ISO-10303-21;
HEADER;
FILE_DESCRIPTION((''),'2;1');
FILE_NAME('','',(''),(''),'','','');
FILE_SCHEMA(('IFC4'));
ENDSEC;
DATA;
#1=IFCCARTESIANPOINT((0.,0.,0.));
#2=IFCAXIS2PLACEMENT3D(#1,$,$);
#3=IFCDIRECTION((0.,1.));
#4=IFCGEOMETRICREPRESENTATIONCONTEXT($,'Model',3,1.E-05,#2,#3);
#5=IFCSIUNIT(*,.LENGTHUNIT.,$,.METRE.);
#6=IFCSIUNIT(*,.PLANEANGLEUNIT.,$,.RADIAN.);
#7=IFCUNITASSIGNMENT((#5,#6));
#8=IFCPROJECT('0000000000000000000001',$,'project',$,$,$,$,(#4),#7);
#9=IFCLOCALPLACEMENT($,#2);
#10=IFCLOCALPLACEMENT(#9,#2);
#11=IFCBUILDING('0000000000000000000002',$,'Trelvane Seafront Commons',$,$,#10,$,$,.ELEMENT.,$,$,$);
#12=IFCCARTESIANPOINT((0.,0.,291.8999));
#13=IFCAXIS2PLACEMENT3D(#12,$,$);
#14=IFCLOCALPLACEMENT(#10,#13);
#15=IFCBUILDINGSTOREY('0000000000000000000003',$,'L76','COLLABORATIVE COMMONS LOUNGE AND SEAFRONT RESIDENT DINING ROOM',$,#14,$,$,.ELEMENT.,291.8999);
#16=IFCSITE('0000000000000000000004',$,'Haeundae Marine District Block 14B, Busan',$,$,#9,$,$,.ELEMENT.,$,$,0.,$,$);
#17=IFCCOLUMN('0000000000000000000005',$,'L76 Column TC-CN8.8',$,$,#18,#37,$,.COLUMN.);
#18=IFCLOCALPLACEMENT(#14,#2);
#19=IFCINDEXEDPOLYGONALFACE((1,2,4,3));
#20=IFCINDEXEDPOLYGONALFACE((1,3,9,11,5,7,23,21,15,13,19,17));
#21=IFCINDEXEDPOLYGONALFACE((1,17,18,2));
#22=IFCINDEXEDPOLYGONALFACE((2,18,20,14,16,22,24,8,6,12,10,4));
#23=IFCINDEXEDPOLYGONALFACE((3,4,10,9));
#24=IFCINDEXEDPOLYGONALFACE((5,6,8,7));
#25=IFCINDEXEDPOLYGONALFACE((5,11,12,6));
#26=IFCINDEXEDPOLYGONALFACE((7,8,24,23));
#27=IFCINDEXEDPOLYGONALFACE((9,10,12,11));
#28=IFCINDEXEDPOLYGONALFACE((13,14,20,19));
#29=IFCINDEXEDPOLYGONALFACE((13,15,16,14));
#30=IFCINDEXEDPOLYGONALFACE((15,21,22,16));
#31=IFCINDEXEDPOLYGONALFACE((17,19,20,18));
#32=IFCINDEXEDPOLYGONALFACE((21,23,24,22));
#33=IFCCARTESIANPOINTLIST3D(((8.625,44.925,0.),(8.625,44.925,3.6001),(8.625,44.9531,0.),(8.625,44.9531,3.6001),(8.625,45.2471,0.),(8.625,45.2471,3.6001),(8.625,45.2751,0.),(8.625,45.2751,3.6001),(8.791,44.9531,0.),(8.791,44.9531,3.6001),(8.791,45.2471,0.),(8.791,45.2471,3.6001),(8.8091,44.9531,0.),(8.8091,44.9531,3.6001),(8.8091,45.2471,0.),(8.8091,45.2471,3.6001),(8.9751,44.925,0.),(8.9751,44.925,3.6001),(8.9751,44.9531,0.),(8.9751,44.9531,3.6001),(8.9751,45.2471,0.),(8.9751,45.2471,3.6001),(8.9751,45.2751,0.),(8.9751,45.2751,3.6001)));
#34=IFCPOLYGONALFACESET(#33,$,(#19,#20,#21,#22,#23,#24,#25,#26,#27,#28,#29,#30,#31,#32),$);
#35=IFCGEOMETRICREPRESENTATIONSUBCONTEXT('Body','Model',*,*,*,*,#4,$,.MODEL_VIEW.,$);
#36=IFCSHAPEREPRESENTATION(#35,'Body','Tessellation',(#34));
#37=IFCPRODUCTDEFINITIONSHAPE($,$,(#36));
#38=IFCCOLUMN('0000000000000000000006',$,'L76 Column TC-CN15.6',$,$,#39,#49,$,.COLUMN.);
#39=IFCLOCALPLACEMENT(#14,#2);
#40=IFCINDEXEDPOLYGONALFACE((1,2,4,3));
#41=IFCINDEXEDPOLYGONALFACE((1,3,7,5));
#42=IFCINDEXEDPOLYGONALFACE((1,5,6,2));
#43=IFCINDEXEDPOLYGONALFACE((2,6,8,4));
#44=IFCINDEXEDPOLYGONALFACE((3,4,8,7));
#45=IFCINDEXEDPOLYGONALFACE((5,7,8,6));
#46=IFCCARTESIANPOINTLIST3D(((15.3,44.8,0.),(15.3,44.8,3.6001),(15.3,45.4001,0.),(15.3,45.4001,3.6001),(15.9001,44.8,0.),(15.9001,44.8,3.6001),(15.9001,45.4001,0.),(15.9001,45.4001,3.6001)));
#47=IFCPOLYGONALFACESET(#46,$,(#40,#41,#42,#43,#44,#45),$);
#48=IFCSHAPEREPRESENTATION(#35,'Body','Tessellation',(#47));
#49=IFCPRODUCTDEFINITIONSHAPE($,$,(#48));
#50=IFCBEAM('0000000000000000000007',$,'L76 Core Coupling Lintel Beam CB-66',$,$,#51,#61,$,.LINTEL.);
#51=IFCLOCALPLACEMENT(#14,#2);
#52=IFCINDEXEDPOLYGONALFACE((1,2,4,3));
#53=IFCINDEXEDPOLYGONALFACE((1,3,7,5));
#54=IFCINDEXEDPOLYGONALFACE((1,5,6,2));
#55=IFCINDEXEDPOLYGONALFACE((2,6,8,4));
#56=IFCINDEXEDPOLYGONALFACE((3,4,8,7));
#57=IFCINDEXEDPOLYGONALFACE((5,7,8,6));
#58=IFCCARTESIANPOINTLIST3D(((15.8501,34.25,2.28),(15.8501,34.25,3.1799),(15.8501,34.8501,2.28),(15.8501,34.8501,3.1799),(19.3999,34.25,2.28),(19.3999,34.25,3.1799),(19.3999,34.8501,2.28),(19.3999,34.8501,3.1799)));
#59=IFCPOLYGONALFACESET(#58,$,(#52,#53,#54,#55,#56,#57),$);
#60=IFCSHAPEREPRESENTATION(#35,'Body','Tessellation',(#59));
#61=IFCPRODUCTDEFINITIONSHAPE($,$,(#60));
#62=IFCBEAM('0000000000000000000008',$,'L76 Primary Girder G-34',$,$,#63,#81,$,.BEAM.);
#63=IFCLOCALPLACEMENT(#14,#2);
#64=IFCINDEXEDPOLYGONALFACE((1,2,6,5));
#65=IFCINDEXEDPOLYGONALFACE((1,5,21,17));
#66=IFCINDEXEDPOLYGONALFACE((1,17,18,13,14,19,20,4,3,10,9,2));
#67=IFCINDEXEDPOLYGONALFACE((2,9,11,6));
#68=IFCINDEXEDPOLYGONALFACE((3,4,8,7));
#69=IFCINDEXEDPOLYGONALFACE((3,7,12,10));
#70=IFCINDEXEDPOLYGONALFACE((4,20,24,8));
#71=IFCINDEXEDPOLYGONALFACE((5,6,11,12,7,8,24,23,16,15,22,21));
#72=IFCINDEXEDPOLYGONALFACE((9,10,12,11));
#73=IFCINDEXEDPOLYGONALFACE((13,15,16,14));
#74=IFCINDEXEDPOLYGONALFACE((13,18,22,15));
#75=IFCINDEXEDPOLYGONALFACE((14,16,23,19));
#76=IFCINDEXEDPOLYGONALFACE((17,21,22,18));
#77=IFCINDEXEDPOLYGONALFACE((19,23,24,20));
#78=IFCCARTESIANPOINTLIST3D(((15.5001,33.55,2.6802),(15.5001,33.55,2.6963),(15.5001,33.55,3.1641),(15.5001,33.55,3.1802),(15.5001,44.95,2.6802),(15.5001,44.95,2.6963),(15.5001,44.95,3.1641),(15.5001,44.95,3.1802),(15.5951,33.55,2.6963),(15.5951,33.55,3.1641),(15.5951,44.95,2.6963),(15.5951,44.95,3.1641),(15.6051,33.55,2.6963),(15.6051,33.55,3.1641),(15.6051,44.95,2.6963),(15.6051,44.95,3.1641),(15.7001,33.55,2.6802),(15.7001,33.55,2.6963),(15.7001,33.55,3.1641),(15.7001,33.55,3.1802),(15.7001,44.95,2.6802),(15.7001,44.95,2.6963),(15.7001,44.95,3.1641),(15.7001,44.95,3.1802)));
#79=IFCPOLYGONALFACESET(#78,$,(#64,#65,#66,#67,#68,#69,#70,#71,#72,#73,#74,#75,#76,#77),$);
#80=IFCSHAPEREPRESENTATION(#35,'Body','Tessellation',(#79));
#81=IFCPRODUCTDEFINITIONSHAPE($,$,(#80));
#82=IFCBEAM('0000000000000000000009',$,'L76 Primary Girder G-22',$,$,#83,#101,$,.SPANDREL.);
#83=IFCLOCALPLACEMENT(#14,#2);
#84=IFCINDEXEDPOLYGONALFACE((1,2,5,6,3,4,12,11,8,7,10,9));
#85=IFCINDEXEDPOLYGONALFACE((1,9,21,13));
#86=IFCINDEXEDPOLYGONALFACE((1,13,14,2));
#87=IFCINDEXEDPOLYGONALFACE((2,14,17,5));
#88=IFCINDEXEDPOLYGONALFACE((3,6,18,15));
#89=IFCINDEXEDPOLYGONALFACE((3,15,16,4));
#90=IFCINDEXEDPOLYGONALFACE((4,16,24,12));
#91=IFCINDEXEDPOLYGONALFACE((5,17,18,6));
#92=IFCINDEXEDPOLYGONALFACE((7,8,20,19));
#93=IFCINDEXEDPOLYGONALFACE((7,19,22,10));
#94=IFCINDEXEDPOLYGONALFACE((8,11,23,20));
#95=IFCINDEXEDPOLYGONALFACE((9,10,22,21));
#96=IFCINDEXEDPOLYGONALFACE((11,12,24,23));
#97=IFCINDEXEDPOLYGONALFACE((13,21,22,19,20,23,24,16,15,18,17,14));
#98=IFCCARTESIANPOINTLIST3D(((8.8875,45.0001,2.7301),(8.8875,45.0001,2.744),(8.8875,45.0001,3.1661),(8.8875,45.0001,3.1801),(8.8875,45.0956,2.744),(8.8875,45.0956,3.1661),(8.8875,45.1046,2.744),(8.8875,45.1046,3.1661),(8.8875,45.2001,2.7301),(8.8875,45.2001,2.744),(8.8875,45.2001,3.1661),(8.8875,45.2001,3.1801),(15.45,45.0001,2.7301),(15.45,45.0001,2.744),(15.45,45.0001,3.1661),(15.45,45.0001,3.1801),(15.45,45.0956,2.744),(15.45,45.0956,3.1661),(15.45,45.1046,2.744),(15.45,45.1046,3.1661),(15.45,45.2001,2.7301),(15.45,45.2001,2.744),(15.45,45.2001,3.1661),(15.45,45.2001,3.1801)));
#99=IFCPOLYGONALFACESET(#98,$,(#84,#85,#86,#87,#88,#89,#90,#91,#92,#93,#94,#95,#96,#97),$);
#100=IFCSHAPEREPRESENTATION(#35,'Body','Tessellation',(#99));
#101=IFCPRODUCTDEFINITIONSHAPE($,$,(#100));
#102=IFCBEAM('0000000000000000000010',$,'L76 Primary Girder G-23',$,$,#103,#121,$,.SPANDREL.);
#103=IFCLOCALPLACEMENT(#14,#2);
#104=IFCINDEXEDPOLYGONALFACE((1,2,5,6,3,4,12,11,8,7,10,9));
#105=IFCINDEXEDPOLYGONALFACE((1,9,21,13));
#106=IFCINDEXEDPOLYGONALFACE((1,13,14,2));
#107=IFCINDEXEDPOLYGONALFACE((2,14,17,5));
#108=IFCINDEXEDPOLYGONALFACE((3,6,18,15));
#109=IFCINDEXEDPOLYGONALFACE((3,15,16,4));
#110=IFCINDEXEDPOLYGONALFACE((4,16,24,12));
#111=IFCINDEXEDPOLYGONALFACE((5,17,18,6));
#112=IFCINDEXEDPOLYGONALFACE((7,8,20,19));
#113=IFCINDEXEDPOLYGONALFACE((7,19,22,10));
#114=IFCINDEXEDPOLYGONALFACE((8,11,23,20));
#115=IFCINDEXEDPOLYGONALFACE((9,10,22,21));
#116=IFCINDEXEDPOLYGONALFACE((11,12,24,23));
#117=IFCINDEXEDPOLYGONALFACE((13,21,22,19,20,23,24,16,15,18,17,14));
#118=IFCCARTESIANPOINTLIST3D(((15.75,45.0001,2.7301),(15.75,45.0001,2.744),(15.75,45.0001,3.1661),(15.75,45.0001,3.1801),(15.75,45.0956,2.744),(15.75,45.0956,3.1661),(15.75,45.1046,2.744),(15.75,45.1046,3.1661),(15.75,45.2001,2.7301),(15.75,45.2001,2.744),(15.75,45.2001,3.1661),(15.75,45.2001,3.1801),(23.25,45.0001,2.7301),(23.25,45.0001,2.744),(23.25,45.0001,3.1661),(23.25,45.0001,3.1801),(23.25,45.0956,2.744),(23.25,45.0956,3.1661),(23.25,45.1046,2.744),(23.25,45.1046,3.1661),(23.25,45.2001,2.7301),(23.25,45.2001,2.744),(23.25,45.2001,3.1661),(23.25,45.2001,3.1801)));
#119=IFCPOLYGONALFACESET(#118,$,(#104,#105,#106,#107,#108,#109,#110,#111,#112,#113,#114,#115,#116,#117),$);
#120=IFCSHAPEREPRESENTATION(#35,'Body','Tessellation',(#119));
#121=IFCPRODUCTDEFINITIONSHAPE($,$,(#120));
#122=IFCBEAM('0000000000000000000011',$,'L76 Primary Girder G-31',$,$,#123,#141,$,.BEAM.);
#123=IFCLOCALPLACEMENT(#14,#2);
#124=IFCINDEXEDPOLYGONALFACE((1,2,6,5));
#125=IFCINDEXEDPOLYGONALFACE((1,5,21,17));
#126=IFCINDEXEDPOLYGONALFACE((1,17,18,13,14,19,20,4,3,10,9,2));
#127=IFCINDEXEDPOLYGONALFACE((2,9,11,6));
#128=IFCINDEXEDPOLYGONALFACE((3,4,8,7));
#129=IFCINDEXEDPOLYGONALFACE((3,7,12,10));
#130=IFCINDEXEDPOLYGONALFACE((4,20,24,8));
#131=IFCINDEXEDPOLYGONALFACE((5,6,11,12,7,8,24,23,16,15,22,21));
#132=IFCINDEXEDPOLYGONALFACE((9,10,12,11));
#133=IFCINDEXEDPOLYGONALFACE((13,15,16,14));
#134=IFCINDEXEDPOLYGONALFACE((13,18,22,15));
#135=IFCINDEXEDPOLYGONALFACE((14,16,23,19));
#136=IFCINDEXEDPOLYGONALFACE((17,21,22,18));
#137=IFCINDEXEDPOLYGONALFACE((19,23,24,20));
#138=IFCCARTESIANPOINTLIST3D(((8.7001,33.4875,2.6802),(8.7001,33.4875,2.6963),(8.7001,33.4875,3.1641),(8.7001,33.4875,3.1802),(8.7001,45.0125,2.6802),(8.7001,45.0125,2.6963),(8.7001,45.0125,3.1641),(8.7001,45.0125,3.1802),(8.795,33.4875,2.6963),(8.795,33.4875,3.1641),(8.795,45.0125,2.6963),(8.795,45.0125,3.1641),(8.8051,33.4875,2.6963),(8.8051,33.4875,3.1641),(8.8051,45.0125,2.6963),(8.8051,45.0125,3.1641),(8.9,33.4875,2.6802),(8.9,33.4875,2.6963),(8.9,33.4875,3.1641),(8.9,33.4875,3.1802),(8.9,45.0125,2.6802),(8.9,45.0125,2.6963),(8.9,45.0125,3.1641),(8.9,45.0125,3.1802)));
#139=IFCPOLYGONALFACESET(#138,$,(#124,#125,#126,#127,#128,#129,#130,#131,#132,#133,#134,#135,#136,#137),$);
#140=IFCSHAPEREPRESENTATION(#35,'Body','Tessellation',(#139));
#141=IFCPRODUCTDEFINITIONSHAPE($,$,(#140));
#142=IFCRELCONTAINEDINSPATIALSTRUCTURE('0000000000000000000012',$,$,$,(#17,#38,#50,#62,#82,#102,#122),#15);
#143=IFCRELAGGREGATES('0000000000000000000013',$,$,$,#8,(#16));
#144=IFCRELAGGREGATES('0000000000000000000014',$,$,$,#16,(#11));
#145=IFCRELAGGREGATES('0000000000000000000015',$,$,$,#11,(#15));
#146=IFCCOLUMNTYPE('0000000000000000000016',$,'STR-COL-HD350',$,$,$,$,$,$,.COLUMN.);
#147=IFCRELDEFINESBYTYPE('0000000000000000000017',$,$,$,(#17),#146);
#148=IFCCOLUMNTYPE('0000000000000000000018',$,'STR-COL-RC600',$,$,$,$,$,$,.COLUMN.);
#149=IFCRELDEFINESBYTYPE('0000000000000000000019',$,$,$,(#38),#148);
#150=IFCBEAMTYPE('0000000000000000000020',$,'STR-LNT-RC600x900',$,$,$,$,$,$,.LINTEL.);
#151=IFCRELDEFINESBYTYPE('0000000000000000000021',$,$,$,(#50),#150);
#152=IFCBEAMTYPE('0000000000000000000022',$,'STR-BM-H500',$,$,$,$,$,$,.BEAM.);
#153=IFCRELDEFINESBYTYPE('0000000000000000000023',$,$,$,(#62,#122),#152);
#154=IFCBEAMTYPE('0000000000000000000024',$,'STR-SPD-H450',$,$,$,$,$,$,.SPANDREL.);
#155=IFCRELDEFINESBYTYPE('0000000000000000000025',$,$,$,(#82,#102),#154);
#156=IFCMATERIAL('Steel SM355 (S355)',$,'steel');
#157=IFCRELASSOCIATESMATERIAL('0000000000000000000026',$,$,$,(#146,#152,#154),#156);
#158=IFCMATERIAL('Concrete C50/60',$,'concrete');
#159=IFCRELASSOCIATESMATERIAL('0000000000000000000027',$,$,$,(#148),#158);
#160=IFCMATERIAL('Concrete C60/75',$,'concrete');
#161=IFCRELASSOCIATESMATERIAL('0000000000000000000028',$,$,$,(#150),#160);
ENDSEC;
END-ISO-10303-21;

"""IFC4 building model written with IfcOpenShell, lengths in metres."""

from ifc_helpers import new_model, si_unit, direction, frame, origin, origin_2d, place, context, subcontext, project, spatial, rectangle, i_section, extrude, source, transform, mapped, material, material_profile, profile_set, type_object, element, save


model = new_model("IFC4")

# Units and contexts
model_context = context("Model", 3, precision=1e-05, world=origin(), true_north=direction((0.0, 1.0)))
body_context = subcontext(model_context, "Body", "Model", "MODEL_VIEW")
ifc_project = project(units=[si_unit("LENGTHUNIT", "METRE"), si_unit("PLANEANGLEUNIT", "RADIAN")], contexts=[model_context])

# Site, building, storey
site_placement = place(None, origin())
site = spatial("IfcSite", under=ifc_project, at=site_placement, Name="Haeundae Marine District Block 14B, Busan", CompositionType="ELEMENT", RefElevation=0.0)
building_placement = place(site_placement, origin())
building = spatial("IfcBuilding", under=site, at=building_placement, Name="Trelvane Seafront Commons", CompositionType="ELEMENT")
storey_placement = place(building_placement, frame((0.0, 0.0, 291.8999)))
storey = spatial("IfcBuildingStorey", under=building, at=storey_placement, Name="L76", Description="COLLABORATIVE COMMONS LOUNGE AND SEAFRONT RESIDENT DINING ROOM", CompositionType="ELEMENT", Elevation=291.8999)

# Columns
ifc_material_1 = material(Name="Steel SM355 (S355)", Category="steel")
ifc_material_profile_1 = material_profile(ifc_material_1, i_section(OverallWidth=0.3501, OverallDepth=0.3501, WebThickness=0.0181, FlangeThickness=0.0281, at=origin_2d()), Name="HD-350x350x18x28")
ifc_profile_set_1 = profile_set([ifc_material_profile_1], Name="Steel SM355 (S355)")
column_type_1 = type_object("IfcColumnType", Name="STR-COL-HD350", PredefinedType="COLUMN", material=ifc_profile_set_1)
shared_shape_1 = source(origin(), body_context, "Body", "SweptSolid", [
    extrude(i_section(OverallWidth=0.3501, OverallDepth=0.3501, WebThickness=0.0181, FlangeThickness=0.0281, at=origin_2d()), origin(), (0.0, 0.0, 1.0), 3.6001),
])
column_1_placement = place(storey_placement, frame((8.8, 45.1001, 0.0), z_axis=(0.0, 0.0, 1.0), x_axis=(1.0, 0.0, 0.0)))
element("IfcColumn", 1, at=column_1_placement, inside=storey, type_object=column_type_1, Name="L76 Column TC-CN8.8", PredefinedType="COLUMN", context=body_context, shape_type="MappedRepresentation", body=[
    mapped(shared_shape_1, transform((0.0, 0.0, 0.0), x_axis=(1.0, 0.0, 0.0), y_axis=(0.0, 1.0, 0.0), z_axis=(0.0, 0.0, 1.0), scale=1.0)),
])
ifc_material_2 = material(Name="Concrete C50/60", Category="concrete")
ifc_material_profile_2 = material_profile(ifc_material_2, rectangle(XDim=0.6001, YDim=0.6001, at=origin_2d()), Name="RC-600x600")
ifc_profile_set_2 = profile_set([ifc_material_profile_2], Name="Concrete C50/60")
column_type_2 = type_object("IfcColumnType", Name="STR-COL-RC600", PredefinedType="COLUMN", material=ifc_profile_set_2)
shared_shape_2 = source(origin(), body_context, "Body", "SweptSolid", [
    extrude(rectangle(XDim=0.6001, YDim=0.6001, at=origin_2d()), origin(), (0.0, 0.0, 1.0), 3.6001),
])
column_2_placement = place(storey_placement, frame((15.6001, 45.1001, 0.0), z_axis=(0.0, 0.0, 1.0), x_axis=(1.0, 0.0, 0.0)))
element("IfcColumn", 2, at=column_2_placement, inside=storey, type_object=column_type_2, Name="L76 Column TC-CN15.6", PredefinedType="COLUMN", context=body_context, shape_type="MappedRepresentation", body=[
    mapped(shared_shape_2, transform((0.0, 0.0, 0.0), x_axis=(1.0, 0.0, 0.0), y_axis=(0.0, 1.0, 0.0), z_axis=(0.0, 0.0, 1.0), scale=1.0)),
])

# Beams
ifc_material_3 = material(Name="Concrete C60/75", Category="concrete")
ifc_material_profile_3 = material_profile(ifc_material_3, rectangle(XDim=0.6001, YDim=0.8999, at=origin_2d()), Name="RC-600x900")
ifc_profile_set_3 = profile_set([ifc_material_profile_3], Name="Concrete C60/75")
beam_type_1 = type_object("IfcBeamType", Name="STR-LNT-RC600x900", PredefinedType="LINTEL", material=ifc_profile_set_3)
shared_shape_3 = source(origin(), body_context, "Body", "SweptSolid", [
    extrude(rectangle(XDim=0.6001, YDim=0.8999, at=origin_2d()), origin(), (0.0, 0.0, 1.0), 3.5498),
])
beam_1_placement = place(storey_placement, frame((15.8501, 34.55, 2.73), z_axis=(1.0, 0.0, 0.0), x_axis=(0.0, 1.0, 0.0)))
element("IfcBeam", 3, at=beam_1_placement, inside=storey, type_object=beam_type_1, Name="L76 Core Coupling Lintel Beam CB-66", PredefinedType="LINTEL", context=body_context, shape_type="MappedRepresentation", body=[
    mapped(shared_shape_3, transform((0.0, 0.0, 0.0), x_axis=(1.0, 0.0, 0.0), y_axis=(0.0, 1.0, 0.0), z_axis=(0.0, 0.0, 1.0), scale=1.0)),
])
ifc_material_profile_4 = material_profile(ifc_material_1, i_section(OverallWidth=0.2, OverallDepth=0.5, WebThickness=0.01, FlangeThickness=0.0161, at=origin_2d()), Name="H-500x200x10x16")
ifc_profile_set_4 = profile_set([ifc_material_profile_4], Name="Steel SM355 (S355)")
beam_type_2 = type_object("IfcBeamType", Name="STR-BM-H500", PredefinedType="BEAM", material=ifc_profile_set_4)
shared_shape_4 = source(origin(), body_context, "Body", "SweptSolid", [
    extrude(i_section(OverallWidth=0.2, OverallDepth=0.5, WebThickness=0.01, FlangeThickness=0.0161, at=origin_2d()), origin(), (0.0, 0.0, 1.0), 11.3999),
])
beam_2_placement = place(storey_placement, frame((15.6001, 33.55, 2.9302), z_axis=(0.0, 1.0, 0.0), x_axis=(-1.0, 0.0, 0.0)))
element("IfcBeam", 4, at=beam_2_placement, inside=storey, type_object=beam_type_2, Name="L76 Primary Girder G-34", PredefinedType="BEAM", context=body_context, shape_type="MappedRepresentation", body=[
    mapped(shared_shape_4, transform((0.0, 0.0, 0.0), x_axis=(1.0, 0.0, 0.0), y_axis=(0.0, 1.0, 0.0), z_axis=(0.0, 0.0, 1.0), scale=1.0)),
])
ifc_material_profile_5 = material_profile(ifc_material_1, i_section(OverallWidth=0.2, OverallDepth=0.45, WebThickness=0.009, FlangeThickness=0.0139, at=origin_2d()), Name="H-450x200x9x14")
ifc_profile_set_5 = profile_set([ifc_material_profile_5], Name="Steel SM355 (S355)")
beam_type_3 = type_object("IfcBeamType", Name="STR-SPD-H450", PredefinedType="SPANDREL", material=ifc_profile_set_5)
shared_shape_5 = source(origin(), body_context, "Body", "SweptSolid", [
    extrude(i_section(OverallWidth=0.2, OverallDepth=0.45, WebThickness=0.009, FlangeThickness=0.0139, at=origin_2d()), origin(), (0.0, 0.0, 1.0), 6.5625),
])
beam_3_placement = place(storey_placement, frame((8.8875, 45.1001, 2.9551), z_axis=(1.0, 0.0, 0.0), x_axis=(0.0, 1.0, 0.0)))
element("IfcBeam", 5, at=beam_3_placement, inside=storey, type_object=beam_type_3, Name="L76 Primary Girder G-22", PredefinedType="SPANDREL", context=body_context, shape_type="MappedRepresentation", body=[
    mapped(shared_shape_5, transform((0.0, 0.0, 0.0), x_axis=(1.0, 0.0, 0.0), y_axis=(0.0, 1.0, 0.0), z_axis=(0.0, 0.0, 1.0), scale=1.0)),
])
shared_shape_6 = source(origin(), body_context, "Body", "SweptSolid", [
    extrude(i_section(OverallWidth=0.2, OverallDepth=0.45, WebThickness=0.009, FlangeThickness=0.0139, at=origin_2d()), origin(), (0.0, 0.0, 1.0), 7.5),
])
beam_4_placement = place(storey_placement, frame((15.75, 45.1001, 2.9551), z_axis=(1.0, 0.0, 0.0), x_axis=(0.0, 1.0, 0.0)))
element("IfcBeam", 6, at=beam_4_placement, inside=storey, type_object=beam_type_3, Name="L76 Primary Girder G-23", PredefinedType="SPANDREL", context=body_context, shape_type="MappedRepresentation", body=[
    mapped(shared_shape_6, transform((0.0, 0.0, 0.0), x_axis=(1.0, 0.0, 0.0), y_axis=(0.0, 1.0, 0.0), z_axis=(0.0, 0.0, 1.0), scale=1.0)),
])
shared_shape_7 = source(origin(), body_context, "Body", "SweptSolid", [
    extrude(i_section(OverallWidth=0.2, OverallDepth=0.5, WebThickness=0.01, FlangeThickness=0.0161, at=origin_2d()), origin(), (0.0, 0.0, 1.0), 11.5249),
])
beam_5_placement = place(storey_placement, frame((8.8, 33.4875, 2.9302), z_axis=(0.0, 1.0, 0.0), x_axis=(-1.0, 0.0, 0.0)))
element("IfcBeam", 7, at=beam_5_placement, inside=storey, type_object=beam_type_2, Name="L76 Primary Girder G-31", PredefinedType="BEAM", context=body_context, shape_type="MappedRepresentation", body=[
    mapped(shared_shape_7, transform((0.0, 0.0, 0.0), x_axis=(1.0, 0.0, 0.0), y_axis=(0.0, 1.0, 0.0), z_axis=(0.0, 0.0, 1.0), scale=1.0)),
])

save(model, "model.ifc")
